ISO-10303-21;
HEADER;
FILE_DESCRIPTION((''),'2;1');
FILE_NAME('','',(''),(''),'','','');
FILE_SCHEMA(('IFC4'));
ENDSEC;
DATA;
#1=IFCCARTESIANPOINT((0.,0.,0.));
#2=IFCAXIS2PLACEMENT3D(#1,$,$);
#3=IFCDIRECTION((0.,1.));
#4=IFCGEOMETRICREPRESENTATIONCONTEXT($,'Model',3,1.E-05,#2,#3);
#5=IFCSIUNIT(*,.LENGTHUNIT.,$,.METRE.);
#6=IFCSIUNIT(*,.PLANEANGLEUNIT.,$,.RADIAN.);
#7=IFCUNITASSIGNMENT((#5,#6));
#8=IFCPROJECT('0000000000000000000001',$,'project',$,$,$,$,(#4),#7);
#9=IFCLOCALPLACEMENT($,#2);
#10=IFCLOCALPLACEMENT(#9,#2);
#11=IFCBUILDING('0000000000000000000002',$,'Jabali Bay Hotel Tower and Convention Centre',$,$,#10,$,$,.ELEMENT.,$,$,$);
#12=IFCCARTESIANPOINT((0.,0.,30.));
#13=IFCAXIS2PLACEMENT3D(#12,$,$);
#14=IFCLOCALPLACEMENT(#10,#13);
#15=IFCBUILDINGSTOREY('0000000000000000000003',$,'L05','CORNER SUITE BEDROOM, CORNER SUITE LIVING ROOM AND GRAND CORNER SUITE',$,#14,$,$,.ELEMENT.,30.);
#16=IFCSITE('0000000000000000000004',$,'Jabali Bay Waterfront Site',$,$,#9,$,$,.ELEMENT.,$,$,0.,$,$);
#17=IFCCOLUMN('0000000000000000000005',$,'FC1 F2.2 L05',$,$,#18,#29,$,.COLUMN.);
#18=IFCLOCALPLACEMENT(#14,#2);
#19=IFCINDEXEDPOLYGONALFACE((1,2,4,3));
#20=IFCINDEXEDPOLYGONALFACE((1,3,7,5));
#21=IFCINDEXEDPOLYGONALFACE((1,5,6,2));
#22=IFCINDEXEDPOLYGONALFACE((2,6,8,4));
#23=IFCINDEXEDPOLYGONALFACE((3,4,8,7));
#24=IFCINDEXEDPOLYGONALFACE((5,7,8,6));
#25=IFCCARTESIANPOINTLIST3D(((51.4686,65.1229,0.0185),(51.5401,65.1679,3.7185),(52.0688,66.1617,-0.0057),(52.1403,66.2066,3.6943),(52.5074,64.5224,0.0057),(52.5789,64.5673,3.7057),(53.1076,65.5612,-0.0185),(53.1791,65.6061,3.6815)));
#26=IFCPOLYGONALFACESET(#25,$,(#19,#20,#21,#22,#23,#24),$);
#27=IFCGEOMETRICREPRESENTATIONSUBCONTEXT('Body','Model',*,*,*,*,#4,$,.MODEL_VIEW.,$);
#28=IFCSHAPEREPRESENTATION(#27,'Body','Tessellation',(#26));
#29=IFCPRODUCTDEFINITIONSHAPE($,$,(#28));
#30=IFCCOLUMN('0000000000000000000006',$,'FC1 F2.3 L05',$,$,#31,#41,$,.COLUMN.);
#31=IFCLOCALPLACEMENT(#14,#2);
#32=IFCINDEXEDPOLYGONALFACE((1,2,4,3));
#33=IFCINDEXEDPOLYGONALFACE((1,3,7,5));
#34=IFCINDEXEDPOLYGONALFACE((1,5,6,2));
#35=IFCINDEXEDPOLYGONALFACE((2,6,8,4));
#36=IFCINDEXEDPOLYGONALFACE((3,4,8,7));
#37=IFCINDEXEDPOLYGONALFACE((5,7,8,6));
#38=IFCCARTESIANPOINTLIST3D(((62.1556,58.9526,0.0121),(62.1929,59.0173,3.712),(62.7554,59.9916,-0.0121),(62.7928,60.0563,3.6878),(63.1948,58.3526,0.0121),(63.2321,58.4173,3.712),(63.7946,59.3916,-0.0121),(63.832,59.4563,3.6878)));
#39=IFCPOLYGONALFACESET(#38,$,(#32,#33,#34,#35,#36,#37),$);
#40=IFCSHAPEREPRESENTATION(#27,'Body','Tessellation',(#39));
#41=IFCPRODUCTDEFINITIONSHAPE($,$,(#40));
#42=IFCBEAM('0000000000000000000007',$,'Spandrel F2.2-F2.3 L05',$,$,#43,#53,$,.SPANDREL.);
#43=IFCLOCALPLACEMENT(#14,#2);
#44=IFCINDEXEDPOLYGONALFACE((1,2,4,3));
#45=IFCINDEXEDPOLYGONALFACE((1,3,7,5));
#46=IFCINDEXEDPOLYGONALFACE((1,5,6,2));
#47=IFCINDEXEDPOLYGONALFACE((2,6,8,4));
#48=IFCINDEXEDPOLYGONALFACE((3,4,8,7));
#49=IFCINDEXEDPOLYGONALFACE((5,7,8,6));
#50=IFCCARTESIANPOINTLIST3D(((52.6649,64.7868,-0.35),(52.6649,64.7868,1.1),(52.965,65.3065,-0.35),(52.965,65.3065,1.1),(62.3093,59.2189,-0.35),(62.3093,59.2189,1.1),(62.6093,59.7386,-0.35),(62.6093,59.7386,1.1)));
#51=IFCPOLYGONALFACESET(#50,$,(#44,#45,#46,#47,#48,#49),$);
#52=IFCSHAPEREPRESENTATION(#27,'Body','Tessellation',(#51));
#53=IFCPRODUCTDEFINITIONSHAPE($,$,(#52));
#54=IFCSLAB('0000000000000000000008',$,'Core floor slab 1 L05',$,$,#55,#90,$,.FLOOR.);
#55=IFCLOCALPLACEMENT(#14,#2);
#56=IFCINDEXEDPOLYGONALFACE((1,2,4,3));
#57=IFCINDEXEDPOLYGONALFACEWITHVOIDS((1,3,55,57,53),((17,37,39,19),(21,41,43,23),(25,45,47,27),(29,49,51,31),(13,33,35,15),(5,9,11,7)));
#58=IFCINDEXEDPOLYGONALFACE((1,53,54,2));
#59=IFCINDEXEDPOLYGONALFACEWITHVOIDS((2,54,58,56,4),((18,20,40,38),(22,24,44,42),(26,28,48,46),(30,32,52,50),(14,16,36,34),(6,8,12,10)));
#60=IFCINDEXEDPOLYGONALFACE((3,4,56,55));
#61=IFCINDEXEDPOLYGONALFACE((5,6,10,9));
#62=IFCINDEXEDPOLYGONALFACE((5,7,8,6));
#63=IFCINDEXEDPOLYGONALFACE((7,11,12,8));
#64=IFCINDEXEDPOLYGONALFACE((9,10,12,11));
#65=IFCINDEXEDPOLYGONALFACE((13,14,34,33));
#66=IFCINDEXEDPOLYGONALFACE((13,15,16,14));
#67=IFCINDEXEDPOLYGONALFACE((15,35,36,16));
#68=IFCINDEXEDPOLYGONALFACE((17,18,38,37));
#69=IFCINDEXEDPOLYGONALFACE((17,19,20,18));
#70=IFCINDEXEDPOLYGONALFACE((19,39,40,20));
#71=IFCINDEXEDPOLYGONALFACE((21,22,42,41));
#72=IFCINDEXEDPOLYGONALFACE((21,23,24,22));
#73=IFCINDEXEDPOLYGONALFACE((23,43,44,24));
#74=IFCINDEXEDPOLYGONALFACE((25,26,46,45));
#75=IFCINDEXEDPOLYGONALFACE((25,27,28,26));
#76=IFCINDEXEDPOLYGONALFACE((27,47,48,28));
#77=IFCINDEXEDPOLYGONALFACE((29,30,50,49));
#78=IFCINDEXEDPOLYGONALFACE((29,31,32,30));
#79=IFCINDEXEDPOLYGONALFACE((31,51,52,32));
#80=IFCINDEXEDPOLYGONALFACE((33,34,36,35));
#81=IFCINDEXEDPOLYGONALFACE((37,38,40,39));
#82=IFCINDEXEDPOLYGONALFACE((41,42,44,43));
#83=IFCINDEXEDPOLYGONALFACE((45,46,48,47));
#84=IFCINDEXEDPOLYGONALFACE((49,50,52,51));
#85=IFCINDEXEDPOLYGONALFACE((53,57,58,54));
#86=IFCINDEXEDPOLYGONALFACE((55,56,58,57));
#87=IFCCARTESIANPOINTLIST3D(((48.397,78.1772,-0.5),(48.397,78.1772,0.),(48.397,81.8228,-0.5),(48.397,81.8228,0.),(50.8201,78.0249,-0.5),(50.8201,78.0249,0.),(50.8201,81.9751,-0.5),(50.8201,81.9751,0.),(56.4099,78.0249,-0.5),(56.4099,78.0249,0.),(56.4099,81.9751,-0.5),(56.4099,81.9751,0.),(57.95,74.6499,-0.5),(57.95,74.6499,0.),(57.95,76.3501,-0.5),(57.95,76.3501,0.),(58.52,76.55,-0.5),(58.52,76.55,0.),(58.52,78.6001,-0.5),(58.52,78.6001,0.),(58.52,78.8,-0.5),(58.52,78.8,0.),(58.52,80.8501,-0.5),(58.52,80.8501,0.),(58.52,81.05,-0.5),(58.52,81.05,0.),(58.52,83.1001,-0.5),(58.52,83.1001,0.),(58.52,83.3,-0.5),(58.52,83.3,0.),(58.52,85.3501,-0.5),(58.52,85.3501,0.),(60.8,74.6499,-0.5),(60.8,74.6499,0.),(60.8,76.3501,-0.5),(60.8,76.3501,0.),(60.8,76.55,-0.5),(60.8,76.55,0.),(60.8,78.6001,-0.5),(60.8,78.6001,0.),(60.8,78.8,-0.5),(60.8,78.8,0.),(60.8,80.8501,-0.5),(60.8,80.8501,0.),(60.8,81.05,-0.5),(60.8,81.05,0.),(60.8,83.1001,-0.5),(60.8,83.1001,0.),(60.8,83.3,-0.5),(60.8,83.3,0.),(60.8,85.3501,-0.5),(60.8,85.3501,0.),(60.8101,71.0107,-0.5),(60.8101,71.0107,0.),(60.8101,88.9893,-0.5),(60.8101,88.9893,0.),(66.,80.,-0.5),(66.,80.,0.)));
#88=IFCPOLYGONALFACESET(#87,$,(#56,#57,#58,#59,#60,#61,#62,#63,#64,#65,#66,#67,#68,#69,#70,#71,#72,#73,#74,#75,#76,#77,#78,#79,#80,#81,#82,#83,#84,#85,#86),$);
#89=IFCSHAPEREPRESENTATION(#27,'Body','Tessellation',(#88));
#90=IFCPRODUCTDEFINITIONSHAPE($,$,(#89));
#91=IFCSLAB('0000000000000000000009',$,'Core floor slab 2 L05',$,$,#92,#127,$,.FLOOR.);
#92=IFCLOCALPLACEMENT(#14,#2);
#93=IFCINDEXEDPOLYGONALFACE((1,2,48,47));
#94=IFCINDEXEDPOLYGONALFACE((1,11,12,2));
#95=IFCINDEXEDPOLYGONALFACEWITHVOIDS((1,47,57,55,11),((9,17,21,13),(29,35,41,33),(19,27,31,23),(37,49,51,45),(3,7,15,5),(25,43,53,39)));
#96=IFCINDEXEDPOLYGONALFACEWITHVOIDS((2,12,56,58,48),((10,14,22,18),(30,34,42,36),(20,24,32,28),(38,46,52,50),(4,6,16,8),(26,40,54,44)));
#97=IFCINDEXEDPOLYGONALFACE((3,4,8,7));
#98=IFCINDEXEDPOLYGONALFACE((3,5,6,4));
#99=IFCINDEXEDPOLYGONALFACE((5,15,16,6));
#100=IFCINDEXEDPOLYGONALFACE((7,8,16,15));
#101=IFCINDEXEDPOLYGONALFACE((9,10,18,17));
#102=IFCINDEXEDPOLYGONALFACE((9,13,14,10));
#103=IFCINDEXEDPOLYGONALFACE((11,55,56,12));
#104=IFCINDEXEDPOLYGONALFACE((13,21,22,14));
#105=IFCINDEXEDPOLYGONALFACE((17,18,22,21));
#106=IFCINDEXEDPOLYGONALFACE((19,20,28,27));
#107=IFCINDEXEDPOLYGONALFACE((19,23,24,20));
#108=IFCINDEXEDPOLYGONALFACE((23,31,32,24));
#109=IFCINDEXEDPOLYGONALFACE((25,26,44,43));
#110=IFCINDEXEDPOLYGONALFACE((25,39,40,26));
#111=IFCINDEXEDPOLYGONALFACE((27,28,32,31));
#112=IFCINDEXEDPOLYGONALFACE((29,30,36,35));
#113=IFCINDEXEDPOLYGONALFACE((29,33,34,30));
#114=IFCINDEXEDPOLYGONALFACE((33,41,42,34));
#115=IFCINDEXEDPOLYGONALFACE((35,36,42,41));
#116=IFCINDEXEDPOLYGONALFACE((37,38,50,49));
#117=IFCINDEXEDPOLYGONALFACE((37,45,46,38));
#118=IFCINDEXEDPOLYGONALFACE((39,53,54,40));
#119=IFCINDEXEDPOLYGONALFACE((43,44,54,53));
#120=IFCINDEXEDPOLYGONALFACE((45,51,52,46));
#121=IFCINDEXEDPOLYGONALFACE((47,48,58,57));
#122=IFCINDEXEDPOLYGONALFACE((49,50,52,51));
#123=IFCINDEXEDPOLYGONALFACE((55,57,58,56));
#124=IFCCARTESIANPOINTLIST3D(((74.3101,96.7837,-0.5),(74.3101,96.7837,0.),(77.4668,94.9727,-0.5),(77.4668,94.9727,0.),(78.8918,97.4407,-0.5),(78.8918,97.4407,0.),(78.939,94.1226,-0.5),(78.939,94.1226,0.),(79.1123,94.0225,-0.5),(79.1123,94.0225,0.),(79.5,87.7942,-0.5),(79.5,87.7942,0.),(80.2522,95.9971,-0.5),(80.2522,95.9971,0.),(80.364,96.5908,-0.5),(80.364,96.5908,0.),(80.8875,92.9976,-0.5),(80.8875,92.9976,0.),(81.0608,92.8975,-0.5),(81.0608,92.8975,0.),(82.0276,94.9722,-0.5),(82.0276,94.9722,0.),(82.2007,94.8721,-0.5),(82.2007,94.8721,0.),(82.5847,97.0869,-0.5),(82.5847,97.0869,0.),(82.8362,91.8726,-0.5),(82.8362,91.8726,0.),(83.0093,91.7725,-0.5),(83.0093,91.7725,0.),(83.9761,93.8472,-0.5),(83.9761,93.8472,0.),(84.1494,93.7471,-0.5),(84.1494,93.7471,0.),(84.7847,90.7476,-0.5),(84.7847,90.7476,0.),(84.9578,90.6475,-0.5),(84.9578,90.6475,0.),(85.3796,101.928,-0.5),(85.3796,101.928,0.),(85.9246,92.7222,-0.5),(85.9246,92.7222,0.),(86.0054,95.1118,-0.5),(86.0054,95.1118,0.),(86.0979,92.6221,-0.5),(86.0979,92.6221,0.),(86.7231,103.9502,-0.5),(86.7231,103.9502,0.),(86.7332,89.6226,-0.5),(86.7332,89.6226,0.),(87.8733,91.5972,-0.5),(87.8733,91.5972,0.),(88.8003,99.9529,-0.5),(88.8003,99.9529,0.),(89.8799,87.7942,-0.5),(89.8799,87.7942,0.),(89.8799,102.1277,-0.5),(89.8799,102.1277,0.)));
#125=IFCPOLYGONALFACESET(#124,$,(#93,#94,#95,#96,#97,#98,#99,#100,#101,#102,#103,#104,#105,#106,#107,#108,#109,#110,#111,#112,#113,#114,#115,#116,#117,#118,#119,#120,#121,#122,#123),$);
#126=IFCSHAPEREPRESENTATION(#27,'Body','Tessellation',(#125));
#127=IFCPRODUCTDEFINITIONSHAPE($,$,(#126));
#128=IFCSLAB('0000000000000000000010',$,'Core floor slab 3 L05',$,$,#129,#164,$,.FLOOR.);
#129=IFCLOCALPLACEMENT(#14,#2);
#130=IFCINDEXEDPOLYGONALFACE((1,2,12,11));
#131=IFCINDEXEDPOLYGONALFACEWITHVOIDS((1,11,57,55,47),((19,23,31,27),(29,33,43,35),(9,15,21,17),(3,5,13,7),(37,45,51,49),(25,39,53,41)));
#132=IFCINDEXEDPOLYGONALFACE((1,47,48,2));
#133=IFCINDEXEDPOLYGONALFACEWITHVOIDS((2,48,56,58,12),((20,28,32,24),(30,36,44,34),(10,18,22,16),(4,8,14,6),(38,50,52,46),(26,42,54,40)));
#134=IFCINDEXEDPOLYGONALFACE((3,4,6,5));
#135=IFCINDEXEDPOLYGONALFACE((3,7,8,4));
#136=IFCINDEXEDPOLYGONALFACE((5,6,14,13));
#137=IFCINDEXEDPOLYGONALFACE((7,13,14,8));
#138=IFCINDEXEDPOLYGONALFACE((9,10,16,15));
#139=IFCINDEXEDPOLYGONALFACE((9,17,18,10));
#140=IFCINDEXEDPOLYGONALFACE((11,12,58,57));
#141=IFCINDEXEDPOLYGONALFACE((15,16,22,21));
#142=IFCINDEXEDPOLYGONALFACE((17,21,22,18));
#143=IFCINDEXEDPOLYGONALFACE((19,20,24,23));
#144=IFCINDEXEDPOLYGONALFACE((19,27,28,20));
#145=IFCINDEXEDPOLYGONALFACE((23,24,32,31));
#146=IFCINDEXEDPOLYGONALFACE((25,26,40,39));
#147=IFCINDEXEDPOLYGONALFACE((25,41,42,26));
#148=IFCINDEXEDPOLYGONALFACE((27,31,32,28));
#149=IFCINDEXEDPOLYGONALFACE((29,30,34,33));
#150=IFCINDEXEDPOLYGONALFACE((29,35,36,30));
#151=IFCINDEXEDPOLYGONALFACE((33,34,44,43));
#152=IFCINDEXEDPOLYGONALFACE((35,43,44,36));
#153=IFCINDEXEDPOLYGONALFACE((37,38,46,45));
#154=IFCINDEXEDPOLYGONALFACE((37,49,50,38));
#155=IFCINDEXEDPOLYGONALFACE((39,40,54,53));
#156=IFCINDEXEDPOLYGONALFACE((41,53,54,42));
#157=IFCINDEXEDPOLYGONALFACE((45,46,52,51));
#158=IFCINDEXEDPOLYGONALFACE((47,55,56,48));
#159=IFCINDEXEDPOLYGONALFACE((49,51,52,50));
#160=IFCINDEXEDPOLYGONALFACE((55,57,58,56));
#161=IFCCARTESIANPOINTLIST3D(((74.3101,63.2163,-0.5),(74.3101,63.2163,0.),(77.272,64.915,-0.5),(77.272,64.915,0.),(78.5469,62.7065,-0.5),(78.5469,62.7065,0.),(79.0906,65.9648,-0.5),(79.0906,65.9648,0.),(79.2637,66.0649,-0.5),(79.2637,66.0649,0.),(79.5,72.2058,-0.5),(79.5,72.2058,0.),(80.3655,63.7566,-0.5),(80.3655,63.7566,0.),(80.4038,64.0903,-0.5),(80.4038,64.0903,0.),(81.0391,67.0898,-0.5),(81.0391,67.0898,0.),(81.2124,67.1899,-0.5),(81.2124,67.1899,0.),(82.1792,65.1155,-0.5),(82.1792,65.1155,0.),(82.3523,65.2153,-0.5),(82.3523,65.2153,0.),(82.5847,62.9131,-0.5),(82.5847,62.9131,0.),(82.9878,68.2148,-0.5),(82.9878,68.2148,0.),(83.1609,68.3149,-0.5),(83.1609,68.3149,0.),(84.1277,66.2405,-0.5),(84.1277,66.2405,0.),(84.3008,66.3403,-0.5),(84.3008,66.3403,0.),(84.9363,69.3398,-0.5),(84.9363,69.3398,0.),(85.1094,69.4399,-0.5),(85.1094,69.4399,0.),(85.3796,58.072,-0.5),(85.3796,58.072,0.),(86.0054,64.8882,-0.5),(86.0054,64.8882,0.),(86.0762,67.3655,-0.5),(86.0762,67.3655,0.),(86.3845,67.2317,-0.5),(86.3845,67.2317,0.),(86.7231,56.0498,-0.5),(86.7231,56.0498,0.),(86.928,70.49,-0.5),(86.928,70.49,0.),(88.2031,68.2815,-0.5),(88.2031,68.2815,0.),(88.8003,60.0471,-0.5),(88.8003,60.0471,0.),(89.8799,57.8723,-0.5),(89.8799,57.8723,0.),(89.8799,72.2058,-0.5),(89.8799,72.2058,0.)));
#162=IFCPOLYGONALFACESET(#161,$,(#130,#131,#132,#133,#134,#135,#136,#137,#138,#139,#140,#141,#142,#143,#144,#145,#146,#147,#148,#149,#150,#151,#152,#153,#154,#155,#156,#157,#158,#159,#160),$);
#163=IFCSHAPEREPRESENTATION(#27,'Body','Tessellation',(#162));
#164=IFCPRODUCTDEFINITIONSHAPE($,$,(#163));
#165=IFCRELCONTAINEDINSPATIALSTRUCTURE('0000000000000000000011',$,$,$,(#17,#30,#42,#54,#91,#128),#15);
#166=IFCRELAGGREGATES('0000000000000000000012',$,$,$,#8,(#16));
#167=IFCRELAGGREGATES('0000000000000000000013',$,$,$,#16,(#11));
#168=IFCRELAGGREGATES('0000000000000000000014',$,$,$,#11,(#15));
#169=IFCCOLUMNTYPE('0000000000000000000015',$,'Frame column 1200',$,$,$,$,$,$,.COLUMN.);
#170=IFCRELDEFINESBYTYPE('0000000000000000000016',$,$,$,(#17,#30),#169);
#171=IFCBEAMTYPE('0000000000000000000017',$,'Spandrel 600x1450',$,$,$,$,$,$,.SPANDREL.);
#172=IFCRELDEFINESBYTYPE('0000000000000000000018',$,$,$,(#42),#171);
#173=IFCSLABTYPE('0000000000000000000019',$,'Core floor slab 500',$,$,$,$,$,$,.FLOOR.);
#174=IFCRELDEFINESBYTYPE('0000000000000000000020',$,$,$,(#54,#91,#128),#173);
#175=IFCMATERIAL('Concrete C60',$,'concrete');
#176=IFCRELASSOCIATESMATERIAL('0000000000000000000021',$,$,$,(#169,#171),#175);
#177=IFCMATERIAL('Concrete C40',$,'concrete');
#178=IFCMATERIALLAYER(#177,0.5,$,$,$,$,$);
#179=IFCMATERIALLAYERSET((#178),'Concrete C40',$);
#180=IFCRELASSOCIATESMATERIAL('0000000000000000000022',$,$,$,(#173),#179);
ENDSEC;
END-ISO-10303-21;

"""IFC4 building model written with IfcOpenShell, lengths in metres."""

from ifc_helpers import new_model, si_unit, direction, frame, origin, origin_2d, place, context, subcontext, project, spatial, polyline, rectangle, outline, extrude, material, layer, layer_set, material_profile, profile_set, type_object, element, save


model = new_model("IFC4")

# Units and contexts
model_context = context("Model", 3, precision=1e-05, world=origin(), true_north=direction((0.0, 1.0)))
body_context = subcontext(model_context, "Body", "Model", "MODEL_VIEW")
ifc_project = project(units=[si_unit("LENGTHUNIT", "METRE"), si_unit("PLANEANGLEUNIT", "RADIAN")], contexts=[model_context])

# Site, building, storey
site_placement = place(None, origin())
site = spatial("IfcSite", under=ifc_project, at=site_placement, Name="Jabali Bay Waterfront Site", CompositionType="ELEMENT", RefElevation=0.0)
building_placement = place(site_placement, origin())
building = spatial("IfcBuilding", under=site, at=building_placement, Name="Jabali Bay Hotel Tower and Convention Centre", CompositionType="ELEMENT")
storey_placement = place(building_placement, frame((0.0, 0.0, 30.0)))
storey = spatial("IfcBuildingStorey", under=building, at=storey_placement, Name="L05", Description="CORNER SUITE BEDROOM, CORNER SUITE LIVING ROOM AND GRAND CORNER SUITE", CompositionType="ELEMENT", Elevation=30.0)

# Columns
ifc_material_1 = material(Name="Concrete C60", Category="concrete")
ifc_material_profile_1 = material_profile(ifc_material_1, rectangle(XDim=1.2, YDim=1.2, at=origin_2d()), Name="Frame column 1200")
ifc_profile_set_1 = profile_set([ifc_material_profile_1], Name="Concrete C60")
column_type = type_object("IfcColumnType", Name="Frame column 1200", PredefinedType="COLUMN", material=ifc_profile_set_1)
column_1_placement = place(storey_placement, frame((52.2881, 65.342, 0.0), z_axis=(0.019329, 0.012138, 0.99974), x_axis=(-0.865689, 0.500469, 0.010661)))
element("IfcColumn", 1, at=column_1_placement, inside=storey, type_object=column_type, Name="FC1 F2.2 L05", PredefinedType="COLUMN", context=body_context, shape_type="SweptSolid", body=[
    extrude(rectangle(XDim=1.2, YDim=1.2, at=origin_2d()), origin(), (0.0, 0.0, 1.0), 3.7009),
])
column_2_placement = place(storey_placement, frame((62.9751, 59.1721, 0.0), z_axis=(0.010094, 0.017482, 0.999796), x_axis=(-0.866026, 0.499999, 0.0)))
element("IfcColumn", 2, at=column_2_placement, inside=storey, type_object=column_type, Name="FC1 F2.3 L05", PredefinedType="COLUMN", context=body_context, shape_type="SweptSolid", body=[
    extrude(rectangle(XDim=1.2, YDim=1.2, at=origin_2d()), origin(), (0.0, 0.0, 1.0), 3.7007),
])

# Beam
ifc_material_profile_2 = material_profile(ifc_material_1, rectangle(XDim=0.6001, YDim=1.45, at=origin_2d()), Name="Spandrel 600x1450")
ifc_profile_set_2 = profile_set([ifc_material_profile_2], Name="Concrete C60")
beam_type = type_object("IfcBeamType", Name="Spandrel 600x1450", PredefinedType="SPANDREL", material=ifc_profile_set_2)
beam_placement = place(storey_placement, frame((52.8149, 65.0466, 0.375), z_axis=(0.866036, -0.499982, 0.0), x_axis=(0.499982, 0.866036, 0.0)))
element("IfcBeam", 3, at=beam_placement, inside=storey, type_object=beam_type, Name="Spandrel F2.2-F2.3 L05", PredefinedType="SPANDREL", context=body_context, shape_type="SweptSolid", body=[
    extrude(rectangle(XDim=0.6001, YDim=1.45, at=origin_2d()), origin(), (0.0, 0.0, 1.0), 11.1362),
])

# Slabs
ifc_material_2 = material(Name="Concrete C40", Category="concrete")
ifc_layer_1 = layer(ifc_material_2, 0.5)
ifc_layer_set_1 = layer_set([ifc_layer_1], Name="Concrete C40")
slab_type_1 = type_object("IfcSlabType", Name="Core floor slab 500", PredefinedType="FLOOR", material=ifc_layer_set_1)
slab_1_placement = place(storey_placement, frame((0.0, 0.0, -0.5)))
element("IfcSlab", 4, at=slab_1_placement, inside=storey, type_object=slab_type_1, Name="Core floor slab 1 L05", PredefinedType="FLOOR", context=body_context, shape_type="SweptSolid", body=[
    extrude(outline(polyline([(66.0, 80.0), (60.8101, 88.9893), (48.397, 81.8228), (48.397, 78.1772), (60.8101, 71.0107), (66.0, 80.0)]), holes=[polyline([(60.8, 74.6499), (60.8, 76.3501), (57.95, 76.3501), (57.95, 74.6499), (60.8, 74.6499)]), polyline([(58.52, 76.55), (60.8, 76.55), (60.8, 78.6001), (58.52, 78.6001), (58.52, 76.55)]), polyline([(58.52, 78.8), (60.8, 78.8), (60.8, 80.8501), (58.52, 80.8501), (58.52, 78.8)]), polyline([(56.4099, 81.9751), (50.8201, 81.9751), (50.8201, 78.0249), (56.4099, 78.0249), (56.4099, 81.9751)]), polyline([(58.52, 81.05), (60.8, 81.05), (60.8, 83.1001), (58.52, 83.1001), (58.52, 81.05)]), polyline([(58.52, 83.3), (60.8, 83.3), (60.8, 85.3501), (58.52, 85.3501), (58.52, 83.3)])]), origin(), (0.0, 0.0, 1.0), 0.5),
])
slab_2_placement = place(storey_placement, frame((0.0, 0.0, -0.5)))
element("IfcSlab", 5, at=slab_2_placement, inside=storey, type_object=slab_type_1, Name="Core floor slab 2 L05", PredefinedType="FLOOR", context=body_context, shape_type="SweptSolid", body=[
    extrude(outline(polyline([(79.5, 87.7942), (89.8799, 87.7942), (89.8799, 102.1277), (86.7231, 103.9502), (74.3101, 96.7837), (79.5, 87.7942)]), holes=[polyline([(84.9578, 90.6475), (86.7332, 89.6226), (87.8733, 91.5972), (86.0979, 92.6221), (84.9578, 90.6475)]), polyline([(84.1494, 93.7471), (83.0093, 91.7725), (84.7847, 90.7476), (85.9246, 92.7222), (84.1494, 93.7471)]), polyline([(82.2007, 94.8721), (81.0608, 92.8975), (82.8362, 91.8726), (83.9761, 93.8472), (82.2007, 94.8721)]), polyline([(79.1123, 94.0225), (80.8875, 92.9976), (82.0276, 94.9722), (80.2522, 95.9971), (79.1123, 94.0225)]), polyline([(78.8918, 97.4407), (77.4668, 94.9727), (78.939, 94.1226), (80.364, 96.5908), (78.8918, 97.4407)]), polyline([(82.5847, 97.0869), (86.0054, 95.1118), (88.8003, 99.9529), (85.3796, 101.928), (82.5847, 97.0869)])]), origin(), (0.0, 0.0, 1.0), 0.5),
])
slab_3_placement = place(storey_placement, frame((0.0, 0.0, -0.5)))
element("IfcSlab", 6, at=slab_3_placement, inside=storey, type_object=slab_type_1, Name="Core floor slab 3 L05", PredefinedType="FLOOR", context=body_context, shape_type="SweptSolid", body=[
    extrude(outline(polyline([(79.5, 72.2058), (74.3101, 63.2163), (86.7231, 56.0498), (89.8799, 57.8723), (89.8799, 72.2058), (79.5, 72.2058)]), holes=[polyline([(82.5847, 62.9131), (85.3796, 58.072), (88.8003, 60.0471), (86.0054, 64.8882), (82.5847, 62.9131)]), polyline([(80.3655, 63.7566), (79.0906, 65.9648), (77.272, 64.915), (78.5469, 62.7065), (80.3655, 63.7566)]), polyline([(82.1792, 65.1155), (81.0391, 67.0898), (79.2637, 66.0649), (80.4038, 64.0903), (82.1792, 65.1155)]), polyline([(82.9878, 68.2148), (81.2124, 67.1899), (82.3523, 65.2153), (84.1277, 66.2405), (82.9878, 68.2148)]), polyline([(86.0762, 67.3655), (84.9363, 69.3398), (83.1609, 68.3149), (84.3008, 66.3403), (86.0762, 67.3655)]), polyline([(88.2031, 68.2815), (86.928, 70.49), (85.1094, 69.4399), (86.3845, 67.2317), (88.2031, 68.2815)])]), origin(), (0.0, 0.0, 1.0), 0.5),
])

save(model, "model.ifc")
